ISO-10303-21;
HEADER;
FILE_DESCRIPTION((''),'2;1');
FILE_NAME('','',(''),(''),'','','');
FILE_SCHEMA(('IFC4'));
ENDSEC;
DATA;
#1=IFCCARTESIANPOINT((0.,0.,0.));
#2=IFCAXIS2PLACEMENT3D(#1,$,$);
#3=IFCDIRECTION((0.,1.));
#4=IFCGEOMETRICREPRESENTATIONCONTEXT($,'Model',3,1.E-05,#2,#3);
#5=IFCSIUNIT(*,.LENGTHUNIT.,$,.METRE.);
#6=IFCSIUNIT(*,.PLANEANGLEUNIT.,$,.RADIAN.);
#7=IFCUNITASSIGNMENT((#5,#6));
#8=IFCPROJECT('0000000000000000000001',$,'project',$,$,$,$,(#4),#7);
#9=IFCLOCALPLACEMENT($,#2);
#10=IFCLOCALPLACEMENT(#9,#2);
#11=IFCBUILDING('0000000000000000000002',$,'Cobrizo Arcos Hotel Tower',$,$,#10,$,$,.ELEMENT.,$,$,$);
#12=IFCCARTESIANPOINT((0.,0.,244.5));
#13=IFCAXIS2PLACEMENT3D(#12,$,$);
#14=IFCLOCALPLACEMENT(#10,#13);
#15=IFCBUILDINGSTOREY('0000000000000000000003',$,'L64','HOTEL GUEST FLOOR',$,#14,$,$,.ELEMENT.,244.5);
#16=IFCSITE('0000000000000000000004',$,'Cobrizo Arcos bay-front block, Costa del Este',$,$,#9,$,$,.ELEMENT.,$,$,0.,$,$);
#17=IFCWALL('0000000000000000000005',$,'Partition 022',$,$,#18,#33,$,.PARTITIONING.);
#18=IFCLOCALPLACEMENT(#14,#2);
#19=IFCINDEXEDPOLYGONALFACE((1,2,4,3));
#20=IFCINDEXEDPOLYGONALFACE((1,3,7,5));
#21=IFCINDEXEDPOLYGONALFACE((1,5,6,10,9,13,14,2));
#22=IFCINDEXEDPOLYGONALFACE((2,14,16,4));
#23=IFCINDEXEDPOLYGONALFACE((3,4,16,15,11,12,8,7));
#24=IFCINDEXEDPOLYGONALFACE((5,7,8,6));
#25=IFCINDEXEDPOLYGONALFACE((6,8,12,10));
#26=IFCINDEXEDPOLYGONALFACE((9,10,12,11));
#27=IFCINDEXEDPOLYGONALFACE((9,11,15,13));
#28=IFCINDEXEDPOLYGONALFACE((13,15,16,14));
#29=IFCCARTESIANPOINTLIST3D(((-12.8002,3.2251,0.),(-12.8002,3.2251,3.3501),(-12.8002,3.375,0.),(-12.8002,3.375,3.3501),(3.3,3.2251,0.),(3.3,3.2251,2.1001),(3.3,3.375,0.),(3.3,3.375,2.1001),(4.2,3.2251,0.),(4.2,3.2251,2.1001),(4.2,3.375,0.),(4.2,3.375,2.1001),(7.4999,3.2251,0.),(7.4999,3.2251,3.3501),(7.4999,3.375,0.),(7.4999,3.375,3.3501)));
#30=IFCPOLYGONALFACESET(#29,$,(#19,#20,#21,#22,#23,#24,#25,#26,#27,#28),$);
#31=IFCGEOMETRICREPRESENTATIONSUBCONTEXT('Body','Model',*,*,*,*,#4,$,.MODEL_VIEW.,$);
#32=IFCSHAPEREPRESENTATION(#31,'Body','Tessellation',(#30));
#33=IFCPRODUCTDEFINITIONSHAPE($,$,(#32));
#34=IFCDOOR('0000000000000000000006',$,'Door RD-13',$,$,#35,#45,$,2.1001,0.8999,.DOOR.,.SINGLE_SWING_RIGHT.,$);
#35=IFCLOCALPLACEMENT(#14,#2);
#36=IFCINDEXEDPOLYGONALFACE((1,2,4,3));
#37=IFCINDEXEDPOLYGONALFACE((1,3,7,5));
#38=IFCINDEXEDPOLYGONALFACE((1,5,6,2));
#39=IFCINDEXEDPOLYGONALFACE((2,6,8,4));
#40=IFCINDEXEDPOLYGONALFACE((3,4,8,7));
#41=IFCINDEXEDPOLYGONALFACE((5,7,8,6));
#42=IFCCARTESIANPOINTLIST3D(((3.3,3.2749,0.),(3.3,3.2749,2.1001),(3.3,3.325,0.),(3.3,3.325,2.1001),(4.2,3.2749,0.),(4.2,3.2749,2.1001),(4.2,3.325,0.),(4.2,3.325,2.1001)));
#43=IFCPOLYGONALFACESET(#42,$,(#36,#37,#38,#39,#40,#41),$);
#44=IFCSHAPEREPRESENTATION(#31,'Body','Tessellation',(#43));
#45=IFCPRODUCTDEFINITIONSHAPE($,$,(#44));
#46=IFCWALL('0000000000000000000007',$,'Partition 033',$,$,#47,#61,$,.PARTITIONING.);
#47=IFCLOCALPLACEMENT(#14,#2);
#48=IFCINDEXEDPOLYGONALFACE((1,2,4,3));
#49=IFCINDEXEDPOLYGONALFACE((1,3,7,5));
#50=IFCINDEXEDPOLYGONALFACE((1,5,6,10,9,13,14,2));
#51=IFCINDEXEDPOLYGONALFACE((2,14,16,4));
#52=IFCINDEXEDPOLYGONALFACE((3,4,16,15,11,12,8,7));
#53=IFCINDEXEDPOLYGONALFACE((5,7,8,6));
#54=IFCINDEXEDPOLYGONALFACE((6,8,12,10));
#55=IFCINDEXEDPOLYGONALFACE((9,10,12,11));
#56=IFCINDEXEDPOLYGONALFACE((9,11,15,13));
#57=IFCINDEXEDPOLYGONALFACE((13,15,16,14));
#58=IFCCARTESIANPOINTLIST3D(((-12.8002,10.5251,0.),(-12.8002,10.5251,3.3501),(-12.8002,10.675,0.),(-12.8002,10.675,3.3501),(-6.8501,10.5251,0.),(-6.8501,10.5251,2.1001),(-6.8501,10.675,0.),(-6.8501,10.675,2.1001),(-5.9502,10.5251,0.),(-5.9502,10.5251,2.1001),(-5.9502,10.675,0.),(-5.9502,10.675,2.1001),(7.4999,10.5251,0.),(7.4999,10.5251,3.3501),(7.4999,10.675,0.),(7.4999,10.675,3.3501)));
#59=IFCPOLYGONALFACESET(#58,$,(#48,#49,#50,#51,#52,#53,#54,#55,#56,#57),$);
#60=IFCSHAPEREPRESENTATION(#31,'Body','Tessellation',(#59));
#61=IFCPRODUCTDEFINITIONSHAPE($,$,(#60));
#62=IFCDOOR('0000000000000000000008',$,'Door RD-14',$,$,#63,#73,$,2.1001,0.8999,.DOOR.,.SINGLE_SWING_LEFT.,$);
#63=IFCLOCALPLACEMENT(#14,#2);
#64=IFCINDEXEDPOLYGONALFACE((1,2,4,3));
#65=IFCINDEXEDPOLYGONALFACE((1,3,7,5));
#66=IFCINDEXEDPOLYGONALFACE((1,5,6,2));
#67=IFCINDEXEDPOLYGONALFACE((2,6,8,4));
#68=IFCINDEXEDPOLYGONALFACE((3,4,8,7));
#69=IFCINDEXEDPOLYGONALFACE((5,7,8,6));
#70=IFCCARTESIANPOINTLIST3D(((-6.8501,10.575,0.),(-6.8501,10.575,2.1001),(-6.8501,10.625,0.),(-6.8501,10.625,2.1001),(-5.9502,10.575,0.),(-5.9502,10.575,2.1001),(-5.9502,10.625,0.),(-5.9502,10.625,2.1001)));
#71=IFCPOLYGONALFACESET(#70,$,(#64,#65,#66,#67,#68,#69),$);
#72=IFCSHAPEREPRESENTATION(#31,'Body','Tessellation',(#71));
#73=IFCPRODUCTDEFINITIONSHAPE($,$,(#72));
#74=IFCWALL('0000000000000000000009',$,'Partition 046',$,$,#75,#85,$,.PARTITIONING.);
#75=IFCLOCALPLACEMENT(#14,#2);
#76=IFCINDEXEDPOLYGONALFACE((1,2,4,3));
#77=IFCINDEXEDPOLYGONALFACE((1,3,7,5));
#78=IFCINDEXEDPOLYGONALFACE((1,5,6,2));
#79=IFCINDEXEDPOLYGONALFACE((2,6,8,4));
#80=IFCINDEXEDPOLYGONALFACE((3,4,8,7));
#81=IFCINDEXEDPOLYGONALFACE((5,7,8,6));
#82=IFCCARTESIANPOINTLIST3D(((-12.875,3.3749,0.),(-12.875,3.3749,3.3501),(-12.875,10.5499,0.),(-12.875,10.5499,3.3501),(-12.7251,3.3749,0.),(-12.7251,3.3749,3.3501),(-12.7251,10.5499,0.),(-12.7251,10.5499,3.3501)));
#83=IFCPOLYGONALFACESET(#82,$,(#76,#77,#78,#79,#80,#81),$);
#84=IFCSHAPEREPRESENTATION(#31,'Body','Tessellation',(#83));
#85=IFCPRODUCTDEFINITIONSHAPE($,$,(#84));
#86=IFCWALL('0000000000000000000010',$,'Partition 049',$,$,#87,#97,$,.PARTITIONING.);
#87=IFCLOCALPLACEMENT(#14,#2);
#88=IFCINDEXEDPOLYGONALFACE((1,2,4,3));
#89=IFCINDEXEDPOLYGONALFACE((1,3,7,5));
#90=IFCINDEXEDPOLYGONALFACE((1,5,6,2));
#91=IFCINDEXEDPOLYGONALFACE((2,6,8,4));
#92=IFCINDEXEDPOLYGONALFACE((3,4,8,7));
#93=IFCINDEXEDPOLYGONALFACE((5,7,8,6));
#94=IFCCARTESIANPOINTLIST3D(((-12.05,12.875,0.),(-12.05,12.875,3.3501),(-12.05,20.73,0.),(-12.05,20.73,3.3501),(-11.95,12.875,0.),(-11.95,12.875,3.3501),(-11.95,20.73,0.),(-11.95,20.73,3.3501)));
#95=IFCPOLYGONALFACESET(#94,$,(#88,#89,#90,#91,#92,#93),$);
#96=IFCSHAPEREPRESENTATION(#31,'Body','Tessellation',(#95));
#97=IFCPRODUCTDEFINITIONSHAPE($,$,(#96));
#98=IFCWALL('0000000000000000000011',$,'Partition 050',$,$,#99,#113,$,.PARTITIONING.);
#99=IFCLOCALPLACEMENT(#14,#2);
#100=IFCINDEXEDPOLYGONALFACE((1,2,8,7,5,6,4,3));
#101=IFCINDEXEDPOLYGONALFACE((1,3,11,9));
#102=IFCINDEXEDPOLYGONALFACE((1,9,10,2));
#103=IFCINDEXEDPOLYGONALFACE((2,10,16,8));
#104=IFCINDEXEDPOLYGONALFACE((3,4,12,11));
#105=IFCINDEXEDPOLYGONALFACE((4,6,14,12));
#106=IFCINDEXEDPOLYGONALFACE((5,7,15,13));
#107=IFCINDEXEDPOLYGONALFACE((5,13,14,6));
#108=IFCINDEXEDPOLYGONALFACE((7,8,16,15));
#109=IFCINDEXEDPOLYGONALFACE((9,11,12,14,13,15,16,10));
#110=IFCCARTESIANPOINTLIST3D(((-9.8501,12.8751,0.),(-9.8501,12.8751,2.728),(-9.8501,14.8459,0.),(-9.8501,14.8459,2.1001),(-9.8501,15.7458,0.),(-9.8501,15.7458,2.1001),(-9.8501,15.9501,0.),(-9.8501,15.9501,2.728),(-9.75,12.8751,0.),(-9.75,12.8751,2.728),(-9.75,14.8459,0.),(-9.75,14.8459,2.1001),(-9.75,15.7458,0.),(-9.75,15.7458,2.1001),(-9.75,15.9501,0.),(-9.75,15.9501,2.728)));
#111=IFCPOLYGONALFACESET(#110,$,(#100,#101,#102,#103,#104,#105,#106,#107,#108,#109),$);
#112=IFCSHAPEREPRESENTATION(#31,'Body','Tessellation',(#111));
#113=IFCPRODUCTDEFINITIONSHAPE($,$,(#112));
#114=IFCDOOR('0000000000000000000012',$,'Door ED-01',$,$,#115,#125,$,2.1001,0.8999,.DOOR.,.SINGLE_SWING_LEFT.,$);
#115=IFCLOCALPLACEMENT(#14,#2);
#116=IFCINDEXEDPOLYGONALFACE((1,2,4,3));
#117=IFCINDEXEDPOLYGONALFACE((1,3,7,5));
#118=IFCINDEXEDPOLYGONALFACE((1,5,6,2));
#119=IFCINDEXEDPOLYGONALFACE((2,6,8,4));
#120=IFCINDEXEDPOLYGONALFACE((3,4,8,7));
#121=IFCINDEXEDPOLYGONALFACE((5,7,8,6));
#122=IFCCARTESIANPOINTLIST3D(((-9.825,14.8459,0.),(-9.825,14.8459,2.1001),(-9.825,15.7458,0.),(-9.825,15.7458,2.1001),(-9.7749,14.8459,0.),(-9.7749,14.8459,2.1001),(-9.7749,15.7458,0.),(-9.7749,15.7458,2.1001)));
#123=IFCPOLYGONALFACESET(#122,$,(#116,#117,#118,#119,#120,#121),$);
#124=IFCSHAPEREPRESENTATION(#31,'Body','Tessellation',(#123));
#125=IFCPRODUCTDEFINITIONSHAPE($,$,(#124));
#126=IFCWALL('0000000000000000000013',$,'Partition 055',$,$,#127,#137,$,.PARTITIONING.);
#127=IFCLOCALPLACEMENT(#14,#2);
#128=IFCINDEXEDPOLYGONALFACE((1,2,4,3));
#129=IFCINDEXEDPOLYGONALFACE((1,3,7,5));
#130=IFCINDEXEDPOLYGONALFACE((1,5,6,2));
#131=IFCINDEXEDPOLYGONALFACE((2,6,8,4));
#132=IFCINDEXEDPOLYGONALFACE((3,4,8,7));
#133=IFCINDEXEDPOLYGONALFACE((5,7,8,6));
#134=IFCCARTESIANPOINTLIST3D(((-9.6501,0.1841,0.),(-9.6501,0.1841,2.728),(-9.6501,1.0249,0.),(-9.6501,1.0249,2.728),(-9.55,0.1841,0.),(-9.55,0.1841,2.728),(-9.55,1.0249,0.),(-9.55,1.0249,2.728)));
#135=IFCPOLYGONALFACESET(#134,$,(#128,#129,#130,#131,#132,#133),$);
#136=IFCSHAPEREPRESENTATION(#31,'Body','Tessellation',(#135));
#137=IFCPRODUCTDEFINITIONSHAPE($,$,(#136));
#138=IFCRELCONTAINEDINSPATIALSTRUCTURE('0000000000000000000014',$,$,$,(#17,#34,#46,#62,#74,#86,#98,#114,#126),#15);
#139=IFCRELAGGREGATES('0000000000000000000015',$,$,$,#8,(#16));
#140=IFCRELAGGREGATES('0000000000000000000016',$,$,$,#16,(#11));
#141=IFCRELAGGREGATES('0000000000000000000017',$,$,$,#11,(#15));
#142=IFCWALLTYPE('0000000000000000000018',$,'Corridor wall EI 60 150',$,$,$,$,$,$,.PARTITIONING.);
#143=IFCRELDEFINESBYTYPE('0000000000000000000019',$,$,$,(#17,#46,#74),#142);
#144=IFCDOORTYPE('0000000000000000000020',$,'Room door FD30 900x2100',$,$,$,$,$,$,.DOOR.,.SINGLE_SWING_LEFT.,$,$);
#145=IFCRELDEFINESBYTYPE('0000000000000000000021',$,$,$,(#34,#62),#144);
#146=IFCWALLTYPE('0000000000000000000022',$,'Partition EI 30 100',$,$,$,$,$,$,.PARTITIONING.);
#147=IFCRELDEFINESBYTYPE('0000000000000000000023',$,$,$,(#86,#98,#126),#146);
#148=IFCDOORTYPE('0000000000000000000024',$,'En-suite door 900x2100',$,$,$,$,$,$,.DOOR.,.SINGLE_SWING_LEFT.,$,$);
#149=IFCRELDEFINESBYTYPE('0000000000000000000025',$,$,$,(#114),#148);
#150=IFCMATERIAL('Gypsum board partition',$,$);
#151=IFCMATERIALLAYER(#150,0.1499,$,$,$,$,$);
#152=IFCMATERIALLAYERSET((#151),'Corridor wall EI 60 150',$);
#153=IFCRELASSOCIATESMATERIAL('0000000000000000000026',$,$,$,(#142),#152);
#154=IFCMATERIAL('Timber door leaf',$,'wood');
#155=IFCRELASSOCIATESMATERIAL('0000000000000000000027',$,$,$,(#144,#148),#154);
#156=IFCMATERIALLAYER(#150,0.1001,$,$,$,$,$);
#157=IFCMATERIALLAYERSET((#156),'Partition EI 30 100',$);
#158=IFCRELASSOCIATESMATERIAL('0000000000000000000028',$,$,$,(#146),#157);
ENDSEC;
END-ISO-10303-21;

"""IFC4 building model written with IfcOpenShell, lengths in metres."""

from ifc_helpers import new_model, si_unit, direction, frame, frame_2d, origin, place, context, subcontext, project, spatial, rectangle, extrude, material, layer, layer_set, type_object, element, fill, save


model = new_model("IFC4")

# Units and contexts
model_context = context("Model", 3, precision=1e-05, world=origin(), true_north=direction((0.0, 1.0)))
body_context = subcontext(model_context, "Body", "Model", "MODEL_VIEW")
ifc_project = project(units=[si_unit("LENGTHUNIT", "METRE"), si_unit("PLANEANGLEUNIT", "RADIAN")], contexts=[model_context])

# Site, building, storey
site_placement = place(None, origin())
site = spatial("IfcSite", under=ifc_project, at=site_placement, Name="Cobrizo Arcos bay-front block, Costa del Este", CompositionType="ELEMENT", RefElevation=0.0)
building_placement = place(site_placement, origin())
building = spatial("IfcBuilding", under=site, at=building_placement, Name="Cobrizo Arcos Hotel Tower", CompositionType="ELEMENT")
storey_placement = place(building_placement, frame((0.0, 0.0, 244.5)))
storey = spatial("IfcBuildingStorey", under=building, at=storey_placement, Name="L64", Description="HOTEL GUEST FLOOR", CompositionType="ELEMENT", Elevation=244.5)

# Shared definitions
ifc_material_1 = material(Name="Gypsum board partition")
ifc_layer_1 = layer(ifc_material_1, 0.1499)
ifc_layer_set_1 = layer_set([ifc_layer_1], Name="Corridor wall EI 60 150")
wall_type_1 = type_object("IfcWallType", Name="Corridor wall EI 60 150", PredefinedType="PARTITIONING", material=ifc_layer_set_1)

# Walls, openings, doors
wall_1_placement = place(storey_placement, frame((-12.8, 3.3, 0.0), z_axis=(0.0, 0.0, 1.0), x_axis=(1.0, 0.0, 0.0)))
wall_1 = element("IfcWall", 1, at=wall_1_placement, inside=storey, type_object=wall_type_1, Name="Partition 022", PredefinedType="PARTITIONING", context=body_context, shape_type="SweptSolid", body=[
    extrude(rectangle(XDim=20.3, YDim=0.1499, at=frame_2d((10.1499, 0.0))), origin(), (0.0, 0.0, 1.0), 3.3501),
])
opening_1_placement = place(wall_1_placement, frame((16.1001, 0.0, 0.0)))
opening_1 = element("IfcOpeningElement", 2, at=opening_1_placement, cuts=wall_1, PredefinedType="OPENING", context=body_context, shape_type="SweptSolid", body=[
    extrude(rectangle(XDim=0.8999, YDim=2.1001, at=frame_2d((0.45, 1.05))), frame((0.0, 0.0869, 0.0), z_axis=(0.0, -1.0, 0.0), x_axis=(1.0, 0.0, 0.0)), (0.0, 0.0, 1.0), 0.1738),
])
ifc_material_2 = material(Name="Timber door leaf", Category="wood")
door_type_1 = type_object("IfcDoorType", Name="Room door FD30 900x2100", OperationType="SINGLE_SWING_LEFT", PredefinedType="DOOR", material=ifc_material_2)
door_1_placement = place(opening_1_placement, origin())
door_1 = element("IfcDoor", 3, at=door_1_placement, inside=storey, type_object=door_type_1, Name="Door RD-13", OperationType="SINGLE_SWING_RIGHT", OverallHeight=2.1001, OverallWidth=0.8999, PredefinedType="DOOR", context=body_context, shape_type="SweptSolid", body=[
    extrude(rectangle(XDim=0.8999, YDim=2.1001, at=frame_2d((0.45, 1.05))), frame((0.0, 0.0249, 0.0), z_axis=(0.0, -1.0, 0.0), x_axis=(1.0, 0.0, 0.0)), (0.0, 0.0, 1.0), 0.05),
])
fill(opening_1, door_1)
wall_2_placement = place(storey_placement, frame((-12.8, 10.6001, 0.0), z_axis=(0.0, 0.0, 1.0), x_axis=(1.0, 0.0, 0.0)))
wall_2 = element("IfcWall", 4, at=wall_2_placement, inside=storey, type_object=wall_type_1, Name="Partition 033", PredefinedType="PARTITIONING", context=body_context, shape_type="SweptSolid", body=[
    extrude(rectangle(XDim=20.3, YDim=0.1499, at=frame_2d((10.1499, 0.0))), origin(), (0.0, 0.0, 1.0), 3.3501),
])
opening_2_placement = place(wall_2_placement, frame((5.95, 0.0, 0.0)))
opening_2 = element("IfcOpeningElement", 5, at=opening_2_placement, cuts=wall_2, PredefinedType="OPENING", context=body_context, shape_type="SweptSolid", body=[
    extrude(rectangle(XDim=0.8999, YDim=2.1001, at=frame_2d((0.45, 1.05))), frame((0.0, 0.0869, 0.0), z_axis=(0.0, -1.0, 0.0), x_axis=(1.0, 0.0, 0.0)), (0.0, 0.0, 1.0), 0.1738),
])
door_2_placement = place(opening_2_placement, origin())
door_2 = element("IfcDoor", 6, at=door_2_placement, inside=storey, type_object=door_type_1, Name="Door RD-14", OperationType="SINGLE_SWING_LEFT", OverallHeight=2.1001, OverallWidth=0.8999, PredefinedType="DOOR", context=body_context, shape_type="SweptSolid", body=[
    extrude(rectangle(XDim=0.8999, YDim=2.1001, at=frame_2d((0.45, 1.05))), frame((0.0, 0.0249, 0.0), z_axis=(0.0, -1.0, 0.0), x_axis=(1.0, 0.0, 0.0)), (0.0, 0.0, 1.0), 0.05),
])
fill(opening_2, door_2)

# Walls
wall_3_placement = place(storey_placement, frame((-12.8, 3.375, 0.0), z_axis=(0.0, 0.0, 1.0), x_axis=(0.0, 1.0, 0.0)))
element("IfcWall", 7, at=wall_3_placement, inside=storey, type_object=wall_type_1, Name="Partition 046", PredefinedType="PARTITIONING", context=body_context, shape_type="SweptSolid", body=[
    extrude(rectangle(XDim=7.175, YDim=0.1499, at=frame_2d((3.5874, 0.0))), origin(), (0.0, 0.0, 1.0), 3.3501),
])
ifc_layer_2 = layer(ifc_material_1, 0.1001)
ifc_layer_set_2 = layer_set([ifc_layer_2], Name="Partition EI 30 100")
wall_type_2 = type_object("IfcWallType", Name="Partition EI 30 100", PredefinedType="PARTITIONING", material=ifc_layer_set_2)
wall_4_placement = place(storey_placement, frame((-12.0, 12.875, 0.0), z_axis=(0.0, 0.0, 1.0), x_axis=(0.0, 1.0, 0.0)))
element("IfcWall", 8, at=wall_4_placement, inside=storey, type_object=wall_type_2, Name="Partition 049", PredefinedType="PARTITIONING", context=body_context, shape_type="SweptSolid", body=[
    extrude(rectangle(XDim=7.855, YDim=0.1001, at=frame_2d((3.9275, 0.0))), origin(), (0.0, 0.0, 1.0), 3.3501),
])

# Wall, opening, door
wall_5_placement = place(storey_placement, frame((-9.8, 12.875, 0.0), z_axis=(0.0, 0.0, 1.0), x_axis=(0.0, 1.0, 0.0)))
wall_5 = element("IfcWall", 9, at=wall_5_placement, inside=storey, type_object=wall_type_2, Name="Partition 050", PredefinedType="PARTITIONING", context=body_context, shape_type="SweptSolid", body=[
    extrude(rectangle(XDim=3.075, YDim=0.1001, at=frame_2d((1.5376, 0.0))), origin(), (0.0, 0.0, 1.0), 2.728),
])
opening_3_placement = place(wall_5_placement, frame((1.9709, 0.0, 0.0)))
opening_3 = element("IfcOpeningElement", 10, at=opening_3_placement, cuts=wall_5, PredefinedType="OPENING", context=body_context, shape_type="SweptSolid", body=[
    extrude(rectangle(XDim=0.8999, YDim=2.1001, at=frame_2d((0.45, 1.05))), frame((0.0, 0.062, 0.0), z_axis=(0.0, -1.0, 0.0), x_axis=(1.0, 0.0, 0.0)), (0.0, 0.0, 1.0), 0.124),
])
door_type_2 = type_object("IfcDoorType", Name="En-suite door 900x2100", OperationType="SINGLE_SWING_LEFT", PredefinedType="DOOR", material=ifc_material_2)
door_3_placement = place(opening_3_placement, origin())
door_3 = element("IfcDoor", 11, at=door_3_placement, inside=storey, type_object=door_type_2, Name="Door ED-01", OperationType="SINGLE_SWING_LEFT", OverallHeight=2.1001, OverallWidth=0.8999, PredefinedType="DOOR", context=body_context, shape_type="SweptSolid", body=[
    extrude(rectangle(XDim=0.8999, YDim=2.1001, at=frame_2d((0.45, 1.05))), frame((0.0, 0.0249, 0.0), z_axis=(0.0, -1.0, 0.0), x_axis=(1.0, 0.0, 0.0)), (0.0, 0.0, 1.0), 0.05),
])
fill(opening_3, door_3)

# Wall
wall_6_placement = place(storey_placement, frame((-9.6001, 0.1841, 0.0), z_axis=(0.0, 0.0, 1.0), x_axis=(0.0, 1.0, 0.0)))
element("IfcWall", 12, at=wall_6_placement, inside=storey, type_object=wall_type_2, Name="Partition 055", PredefinedType="PARTITIONING", context=body_context, shape_type="SweptSolid", body=[
    extrude(rectangle(XDim=0.8408, YDim=0.1001, at=frame_2d((0.4204, 0.0))), origin(), (0.0, 0.0, 1.0), 2.728),
])

save(model, "model.ifc")
